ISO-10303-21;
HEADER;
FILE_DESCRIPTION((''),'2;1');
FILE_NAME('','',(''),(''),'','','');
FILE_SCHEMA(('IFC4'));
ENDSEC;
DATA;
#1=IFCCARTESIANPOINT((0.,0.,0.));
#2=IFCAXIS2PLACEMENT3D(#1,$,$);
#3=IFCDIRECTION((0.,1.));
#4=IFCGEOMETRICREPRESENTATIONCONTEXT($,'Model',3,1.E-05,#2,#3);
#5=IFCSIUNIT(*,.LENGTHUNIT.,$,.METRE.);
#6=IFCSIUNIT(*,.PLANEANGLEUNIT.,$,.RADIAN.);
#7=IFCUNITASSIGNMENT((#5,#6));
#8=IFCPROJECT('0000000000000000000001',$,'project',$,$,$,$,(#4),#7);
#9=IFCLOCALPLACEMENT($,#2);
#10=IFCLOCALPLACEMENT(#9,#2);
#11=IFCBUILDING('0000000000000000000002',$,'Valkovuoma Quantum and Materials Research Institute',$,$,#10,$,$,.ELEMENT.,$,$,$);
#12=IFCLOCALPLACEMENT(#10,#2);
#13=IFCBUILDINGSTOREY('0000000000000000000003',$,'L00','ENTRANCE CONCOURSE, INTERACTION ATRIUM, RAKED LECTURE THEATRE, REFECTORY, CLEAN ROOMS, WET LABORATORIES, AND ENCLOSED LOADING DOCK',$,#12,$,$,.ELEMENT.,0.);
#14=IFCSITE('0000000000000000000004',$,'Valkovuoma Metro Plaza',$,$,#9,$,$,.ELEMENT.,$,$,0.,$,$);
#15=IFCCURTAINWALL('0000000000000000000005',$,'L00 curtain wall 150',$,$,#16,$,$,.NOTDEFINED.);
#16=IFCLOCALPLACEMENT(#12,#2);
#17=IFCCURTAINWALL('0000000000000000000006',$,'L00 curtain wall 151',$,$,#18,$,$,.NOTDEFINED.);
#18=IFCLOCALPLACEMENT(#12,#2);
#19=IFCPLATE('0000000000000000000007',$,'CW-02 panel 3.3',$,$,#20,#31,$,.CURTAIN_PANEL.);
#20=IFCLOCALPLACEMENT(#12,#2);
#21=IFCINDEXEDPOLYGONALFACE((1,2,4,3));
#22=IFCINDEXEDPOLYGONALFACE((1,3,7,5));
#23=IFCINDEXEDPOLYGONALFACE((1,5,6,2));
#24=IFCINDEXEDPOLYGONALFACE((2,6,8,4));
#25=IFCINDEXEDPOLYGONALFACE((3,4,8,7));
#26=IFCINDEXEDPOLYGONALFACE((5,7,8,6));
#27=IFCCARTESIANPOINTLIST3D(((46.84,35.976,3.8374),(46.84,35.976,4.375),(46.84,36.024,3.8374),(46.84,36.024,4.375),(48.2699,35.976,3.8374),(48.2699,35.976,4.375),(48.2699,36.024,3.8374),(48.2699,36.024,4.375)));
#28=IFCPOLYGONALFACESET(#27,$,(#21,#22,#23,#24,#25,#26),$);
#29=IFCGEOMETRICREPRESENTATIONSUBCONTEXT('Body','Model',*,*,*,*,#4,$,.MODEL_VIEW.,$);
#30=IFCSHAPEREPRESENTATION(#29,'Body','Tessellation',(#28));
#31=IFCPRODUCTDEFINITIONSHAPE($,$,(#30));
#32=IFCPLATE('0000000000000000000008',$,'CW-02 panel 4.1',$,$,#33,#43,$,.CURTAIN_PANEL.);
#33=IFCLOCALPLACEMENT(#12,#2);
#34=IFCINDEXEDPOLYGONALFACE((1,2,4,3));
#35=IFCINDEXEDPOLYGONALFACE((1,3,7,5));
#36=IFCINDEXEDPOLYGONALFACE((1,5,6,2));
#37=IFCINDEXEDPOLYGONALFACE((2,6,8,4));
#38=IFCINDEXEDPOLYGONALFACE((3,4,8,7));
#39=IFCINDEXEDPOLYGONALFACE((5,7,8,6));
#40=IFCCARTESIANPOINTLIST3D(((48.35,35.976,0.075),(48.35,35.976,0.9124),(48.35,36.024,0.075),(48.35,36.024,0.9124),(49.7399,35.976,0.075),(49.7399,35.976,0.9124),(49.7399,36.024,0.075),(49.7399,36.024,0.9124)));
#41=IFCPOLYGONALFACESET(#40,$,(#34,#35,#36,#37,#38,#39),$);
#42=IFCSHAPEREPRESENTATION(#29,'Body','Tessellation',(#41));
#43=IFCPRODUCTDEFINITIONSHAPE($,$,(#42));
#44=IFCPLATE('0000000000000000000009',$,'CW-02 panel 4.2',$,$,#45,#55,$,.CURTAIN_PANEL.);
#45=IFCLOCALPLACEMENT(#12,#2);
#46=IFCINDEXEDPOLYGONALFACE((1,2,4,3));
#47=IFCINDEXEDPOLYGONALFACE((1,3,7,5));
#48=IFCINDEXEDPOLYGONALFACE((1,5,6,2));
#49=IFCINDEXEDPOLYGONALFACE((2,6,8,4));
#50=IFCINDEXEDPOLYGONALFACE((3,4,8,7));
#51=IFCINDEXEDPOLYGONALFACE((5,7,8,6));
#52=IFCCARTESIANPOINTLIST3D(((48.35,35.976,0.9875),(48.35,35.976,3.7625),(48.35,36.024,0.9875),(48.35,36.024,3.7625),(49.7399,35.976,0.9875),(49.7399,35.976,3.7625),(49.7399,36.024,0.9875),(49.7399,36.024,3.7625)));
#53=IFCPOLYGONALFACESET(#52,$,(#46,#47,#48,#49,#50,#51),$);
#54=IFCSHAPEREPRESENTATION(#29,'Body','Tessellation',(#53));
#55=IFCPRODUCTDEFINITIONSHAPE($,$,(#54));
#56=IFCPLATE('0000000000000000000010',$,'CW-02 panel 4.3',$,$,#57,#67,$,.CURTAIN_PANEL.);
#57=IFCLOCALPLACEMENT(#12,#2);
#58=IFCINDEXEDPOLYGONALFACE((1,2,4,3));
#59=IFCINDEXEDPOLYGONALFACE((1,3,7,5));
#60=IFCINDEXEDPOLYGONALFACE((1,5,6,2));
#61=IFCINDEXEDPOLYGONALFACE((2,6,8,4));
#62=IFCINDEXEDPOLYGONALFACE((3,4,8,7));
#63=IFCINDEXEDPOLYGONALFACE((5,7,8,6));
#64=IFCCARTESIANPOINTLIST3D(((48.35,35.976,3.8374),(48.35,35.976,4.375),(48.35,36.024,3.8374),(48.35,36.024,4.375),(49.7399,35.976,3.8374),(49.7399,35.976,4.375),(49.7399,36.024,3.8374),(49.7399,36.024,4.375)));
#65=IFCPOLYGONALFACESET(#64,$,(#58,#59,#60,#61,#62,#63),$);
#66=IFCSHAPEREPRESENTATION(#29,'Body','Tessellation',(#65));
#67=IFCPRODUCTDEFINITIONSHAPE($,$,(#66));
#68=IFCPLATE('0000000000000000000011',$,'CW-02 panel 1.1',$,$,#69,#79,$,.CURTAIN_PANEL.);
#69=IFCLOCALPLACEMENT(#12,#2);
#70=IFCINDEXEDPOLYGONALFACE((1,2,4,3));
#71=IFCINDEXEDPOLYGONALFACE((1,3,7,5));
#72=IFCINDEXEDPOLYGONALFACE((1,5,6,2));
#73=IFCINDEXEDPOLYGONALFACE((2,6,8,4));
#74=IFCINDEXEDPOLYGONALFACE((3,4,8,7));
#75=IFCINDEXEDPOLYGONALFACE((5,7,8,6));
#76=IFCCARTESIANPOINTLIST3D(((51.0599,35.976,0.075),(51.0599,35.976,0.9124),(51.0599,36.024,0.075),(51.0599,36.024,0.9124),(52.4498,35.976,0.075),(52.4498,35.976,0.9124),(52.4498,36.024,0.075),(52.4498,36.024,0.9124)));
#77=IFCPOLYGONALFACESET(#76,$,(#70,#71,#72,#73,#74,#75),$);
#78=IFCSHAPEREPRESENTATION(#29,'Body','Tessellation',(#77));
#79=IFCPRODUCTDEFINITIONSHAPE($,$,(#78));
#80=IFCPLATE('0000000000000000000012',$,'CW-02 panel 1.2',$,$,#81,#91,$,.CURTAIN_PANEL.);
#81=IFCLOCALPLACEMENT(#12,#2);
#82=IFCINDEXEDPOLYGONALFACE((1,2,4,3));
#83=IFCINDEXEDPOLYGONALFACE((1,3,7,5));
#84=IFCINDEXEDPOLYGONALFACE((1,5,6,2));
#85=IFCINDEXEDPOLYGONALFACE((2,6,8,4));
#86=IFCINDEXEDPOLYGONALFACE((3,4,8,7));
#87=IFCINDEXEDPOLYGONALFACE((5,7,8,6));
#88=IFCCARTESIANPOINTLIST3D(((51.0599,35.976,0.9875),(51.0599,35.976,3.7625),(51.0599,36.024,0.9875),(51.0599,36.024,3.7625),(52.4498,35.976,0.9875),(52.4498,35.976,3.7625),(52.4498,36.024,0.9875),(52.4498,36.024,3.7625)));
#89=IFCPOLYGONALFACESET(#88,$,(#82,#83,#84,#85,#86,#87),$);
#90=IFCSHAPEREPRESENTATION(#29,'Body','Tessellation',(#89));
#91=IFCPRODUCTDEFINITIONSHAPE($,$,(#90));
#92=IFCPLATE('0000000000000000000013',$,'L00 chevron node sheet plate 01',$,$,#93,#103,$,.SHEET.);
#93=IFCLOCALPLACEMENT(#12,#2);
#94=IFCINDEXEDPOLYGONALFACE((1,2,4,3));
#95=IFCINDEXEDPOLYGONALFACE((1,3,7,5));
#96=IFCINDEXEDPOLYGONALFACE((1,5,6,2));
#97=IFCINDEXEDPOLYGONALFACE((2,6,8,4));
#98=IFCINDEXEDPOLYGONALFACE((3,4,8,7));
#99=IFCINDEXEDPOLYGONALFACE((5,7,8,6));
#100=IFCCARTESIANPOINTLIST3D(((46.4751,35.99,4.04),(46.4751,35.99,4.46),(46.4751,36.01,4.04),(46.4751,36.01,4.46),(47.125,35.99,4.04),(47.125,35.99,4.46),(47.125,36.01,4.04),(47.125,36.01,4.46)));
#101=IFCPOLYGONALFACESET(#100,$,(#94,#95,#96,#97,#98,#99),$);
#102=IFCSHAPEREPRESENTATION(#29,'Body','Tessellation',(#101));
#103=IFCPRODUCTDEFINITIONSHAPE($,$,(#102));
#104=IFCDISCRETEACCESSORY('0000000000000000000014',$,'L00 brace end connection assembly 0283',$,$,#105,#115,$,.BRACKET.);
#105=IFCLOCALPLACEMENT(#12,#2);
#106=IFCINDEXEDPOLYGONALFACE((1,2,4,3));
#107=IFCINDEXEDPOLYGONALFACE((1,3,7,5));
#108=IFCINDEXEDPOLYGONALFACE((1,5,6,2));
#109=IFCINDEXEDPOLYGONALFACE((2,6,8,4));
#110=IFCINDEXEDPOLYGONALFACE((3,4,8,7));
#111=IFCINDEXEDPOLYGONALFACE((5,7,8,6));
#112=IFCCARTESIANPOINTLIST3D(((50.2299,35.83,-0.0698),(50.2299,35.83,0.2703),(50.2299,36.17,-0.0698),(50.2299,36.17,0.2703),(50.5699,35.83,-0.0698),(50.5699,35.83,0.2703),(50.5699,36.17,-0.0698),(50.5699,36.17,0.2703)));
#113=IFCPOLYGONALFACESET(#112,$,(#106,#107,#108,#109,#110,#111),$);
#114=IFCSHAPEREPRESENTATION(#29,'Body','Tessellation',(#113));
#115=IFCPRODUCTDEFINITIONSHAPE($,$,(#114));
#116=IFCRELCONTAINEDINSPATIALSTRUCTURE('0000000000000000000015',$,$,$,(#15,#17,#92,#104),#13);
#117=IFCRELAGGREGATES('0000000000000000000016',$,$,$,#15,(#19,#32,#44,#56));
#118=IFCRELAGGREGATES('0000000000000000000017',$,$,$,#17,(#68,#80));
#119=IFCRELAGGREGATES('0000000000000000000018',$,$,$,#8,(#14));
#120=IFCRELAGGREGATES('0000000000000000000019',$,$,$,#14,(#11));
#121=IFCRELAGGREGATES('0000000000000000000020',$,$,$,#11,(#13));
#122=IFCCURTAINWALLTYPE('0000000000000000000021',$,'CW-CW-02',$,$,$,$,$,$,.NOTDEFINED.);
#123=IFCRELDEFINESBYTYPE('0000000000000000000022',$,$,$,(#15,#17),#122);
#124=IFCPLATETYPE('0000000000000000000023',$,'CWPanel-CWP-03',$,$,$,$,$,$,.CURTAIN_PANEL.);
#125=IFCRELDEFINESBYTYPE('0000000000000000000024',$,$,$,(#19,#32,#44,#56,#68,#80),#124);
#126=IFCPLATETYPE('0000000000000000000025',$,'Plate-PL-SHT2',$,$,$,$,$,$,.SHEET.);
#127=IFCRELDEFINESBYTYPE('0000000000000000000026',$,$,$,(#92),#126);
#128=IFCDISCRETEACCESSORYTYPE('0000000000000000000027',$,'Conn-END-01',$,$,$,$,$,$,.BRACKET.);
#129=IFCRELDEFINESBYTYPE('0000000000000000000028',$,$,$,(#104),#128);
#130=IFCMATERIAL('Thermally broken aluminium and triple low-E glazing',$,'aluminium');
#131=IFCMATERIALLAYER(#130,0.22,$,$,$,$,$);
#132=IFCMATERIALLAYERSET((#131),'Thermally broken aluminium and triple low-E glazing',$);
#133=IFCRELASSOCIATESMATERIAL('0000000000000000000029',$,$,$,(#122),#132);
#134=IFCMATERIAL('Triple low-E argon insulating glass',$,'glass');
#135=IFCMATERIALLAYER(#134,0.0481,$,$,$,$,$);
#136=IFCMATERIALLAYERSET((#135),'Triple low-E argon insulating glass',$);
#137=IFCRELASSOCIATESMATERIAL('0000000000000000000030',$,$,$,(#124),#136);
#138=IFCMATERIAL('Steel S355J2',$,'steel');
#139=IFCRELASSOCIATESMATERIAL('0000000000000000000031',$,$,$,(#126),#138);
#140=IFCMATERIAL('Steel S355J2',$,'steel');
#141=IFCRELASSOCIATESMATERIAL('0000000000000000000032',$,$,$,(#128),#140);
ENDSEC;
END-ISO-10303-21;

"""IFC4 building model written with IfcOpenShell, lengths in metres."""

from ifc_helpers import new_model, si_unit, direction, frame, origin, origin_2d, place, context, subcontext, project, spatial, rectangle, extrude, material, layer, layer_set, type_object, element, aggregate, save


model = new_model("IFC4")

# Units and contexts
model_context = context("Model", 3, precision=1e-05, world=origin(), true_north=direction((0.0, 1.0)))
body_context = subcontext(model_context, "Body", "Model", "MODEL_VIEW")
ifc_project = project(units=[si_unit("LENGTHUNIT", "METRE"), si_unit("PLANEANGLEUNIT", "RADIAN")], contexts=[model_context])

# Site, building, storey
site_placement = place(None, origin())
site = spatial("IfcSite", under=ifc_project, at=site_placement, Name="Valkovuoma Metro Plaza", CompositionType="ELEMENT", RefElevation=0.0)
building_placement = place(site_placement, origin())
building = spatial("IfcBuilding", under=site, at=building_placement, Name="Valkovuoma Quantum and Materials Research Institute", CompositionType="ELEMENT")
storey_placement = place(building_placement, origin())
storey = spatial("IfcBuildingStorey", under=building, at=storey_placement, Name="L00", Description="ENTRANCE CONCOURSE, INTERACTION ATRIUM, RAKED LECTURE THEATRE, REFECTORY, CLEAN ROOMS, WET LABORATORIES, AND ENCLOSED LOADING DOCK", CompositionType="ELEMENT", Elevation=0.0)

# Curtain wall
ifc_material_1 = material(Name="Thermally broken aluminium and triple low-E glazing", Category="aluminium")
ifc_layer_1 = layer(ifc_material_1, 0.22)
ifc_layer_set_1 = layer_set([ifc_layer_1], Name="Thermally broken aluminium and triple low-E glazing")
curtain_wall_type = type_object("IfcCurtainWallType", Name="CW-CW-02", PredefinedType="NOTDEFINED", material=ifc_layer_set_1)
curtain_wall_1_placement = place(storey_placement, origin())
curtain_wall_1 = element("IfcCurtainWall", 1, at=curtain_wall_1_placement, inside=storey, type_object=curtain_wall_type, Name="L00 curtain wall 150", PredefinedType="NOTDEFINED")

# Curtain wall
curtain_wall_2_placement = place(storey_placement, origin())
curtain_wall_2 = element("IfcCurtainWall", 2, at=curtain_wall_2_placement, inside=storey, type_object=curtain_wall_type, Name="L00 curtain wall 151", PredefinedType="NOTDEFINED")

# Plates
ifc_material_2 = material(Name="Triple low-E argon insulating glass", Category="glass")
ifc_layer_2 = layer(ifc_material_2, 0.0481)
ifc_layer_set_2 = layer_set([ifc_layer_2], Name="Triple low-E argon insulating glass")
plate_type_1 = type_object("IfcPlateType", Name="CWPanel-CWP-03", PredefinedType="CURTAIN_PANEL", material=ifc_layer_set_2)
plate_1_placement = place(storey_placement, frame((47.5549, 36.0, 3.8374), z_axis=(0.0, 0.0, 1.0), x_axis=(1.0, 0.0, 0.0)))
plate_1 = element("IfcPlate", 3, at=plate_1_placement, type_object=plate_type_1, Name="CW-02 panel 3.3", PredefinedType="CURTAIN_PANEL", context=body_context, shape_type="SweptSolid", body=[
    extrude(rectangle(XDim=1.4299, YDim=0.0481, at=origin_2d()), origin(), (0.0, 0.0, 1.0), 0.5376),
])
plate_2_placement = place(storey_placement, frame((49.0449, 36.0, 0.075), z_axis=(0.0, 0.0, 1.0), x_axis=(1.0, 0.0, 0.0)))
plate_2 = element("IfcPlate", 4, at=plate_2_placement, type_object=plate_type_1, Name="CW-02 panel 4.1", PredefinedType="CURTAIN_PANEL", context=body_context, shape_type="SweptSolid", body=[
    extrude(rectangle(XDim=1.3899, YDim=0.0481, at=origin_2d()), origin(), (0.0, 0.0, 1.0), 0.8374),
])
plate_3_placement = place(storey_placement, frame((49.0449, 36.0, 0.9875), z_axis=(0.0, 0.0, 1.0), x_axis=(1.0, 0.0, 0.0)))
plate_3 = element("IfcPlate", 5, at=plate_3_placement, type_object=plate_type_1, Name="CW-02 panel 4.2", PredefinedType="CURTAIN_PANEL", context=body_context, shape_type="SweptSolid", body=[
    extrude(rectangle(XDim=1.3899, YDim=0.0481, at=origin_2d()), origin(), (0.0, 0.0, 1.0), 2.7749),
])
plate_4_placement = place(storey_placement, frame((49.0449, 36.0, 3.8374), z_axis=(0.0, 0.0, 1.0), x_axis=(1.0, 0.0, 0.0)))
plate_4 = element("IfcPlate", 6, at=plate_4_placement, type_object=plate_type_1, Name="CW-02 panel 4.3", PredefinedType="CURTAIN_PANEL", context=body_context, shape_type="SweptSolid", body=[
    extrude(rectangle(XDim=1.3899, YDim=0.0481, at=origin_2d()), origin(), (0.0, 0.0, 1.0), 0.5376),
])
aggregate(curtain_wall_1, [plate_1, plate_2, plate_3, plate_4])
plate_5_placement = place(storey_placement, frame((51.7549, 36.0, 0.075), z_axis=(0.0, 0.0, 1.0), x_axis=(1.0, 0.0, 0.0)))
plate_5 = element("IfcPlate", 7, at=plate_5_placement, type_object=plate_type_1, Name="CW-02 panel 1.1", PredefinedType="CURTAIN_PANEL", context=body_context, shape_type="SweptSolid", body=[
    extrude(rectangle(XDim=1.3899, YDim=0.0481, at=origin_2d()), origin(), (0.0, 0.0, 1.0), 0.8374),
])
plate_6_placement = place(storey_placement, frame((51.7549, 36.0, 0.9875), z_axis=(0.0, 0.0, 1.0), x_axis=(1.0, 0.0, 0.0)))
plate_6 = element("IfcPlate", 8, at=plate_6_placement, type_object=plate_type_1, Name="CW-02 panel 1.2", PredefinedType="CURTAIN_PANEL", context=body_context, shape_type="SweptSolid", body=[
    extrude(rectangle(XDim=1.3899, YDim=0.0481, at=origin_2d()), origin(), (0.0, 0.0, 1.0), 2.7749),
])
aggregate(curtain_wall_2, [plate_5, plate_6])
ifc_material_3 = material(Name="Steel S355J2", Category="steel")
plate_type_2 = type_object("IfcPlateType", Name="Plate-PL-SHT2", PredefinedType="SHEET", material=ifc_material_3)
plate_7_placement = place(storey_placement, frame((46.8, 36.0, 4.04), z_axis=(0.0, 0.0, 1.0), x_axis=(1.0, 0.0, 0.0)))
element("IfcPlate", 9, at=plate_7_placement, inside=storey, type_object=plate_type_2, Name="L00 chevron node sheet plate 01", PredefinedType="SHEET", context=body_context, shape_type="SweptSolid", body=[
    extrude(rectangle(XDim=0.6499, YDim=0.02, at=origin_2d()), origin(), (0.0, 0.0, 1.0), 0.4199),
])

# Discrete accessory
ifc_material_4 = material(Name="Steel S355J2", Category="steel")
discrete_accessory_type = type_object("IfcDiscreteAccessoryType", Name="Conn-END-01", PredefinedType="BRACKET", material=ifc_material_4)
discrete_accessory_placement = place(storey_placement, frame((50.3999, 36.0, -0.0698), z_axis=(0.0, 0.0, 1.0), x_axis=(1.0, 0.0, 0.0)))
element("IfcDiscreteAccessory", 10, at=discrete_accessory_placement, inside=storey, type_object=discrete_accessory_type, Name="L00 brace end connection assembly 0283", PredefinedType="BRACKET", context=body_context, shape_type="SweptSolid", body=[
    extrude(rectangle(XDim=0.3401, YDim=0.3401, at=origin_2d()), origin(), (0.0, 0.0, 1.0), 0.3401),
])

save(model, "model.ifc")
